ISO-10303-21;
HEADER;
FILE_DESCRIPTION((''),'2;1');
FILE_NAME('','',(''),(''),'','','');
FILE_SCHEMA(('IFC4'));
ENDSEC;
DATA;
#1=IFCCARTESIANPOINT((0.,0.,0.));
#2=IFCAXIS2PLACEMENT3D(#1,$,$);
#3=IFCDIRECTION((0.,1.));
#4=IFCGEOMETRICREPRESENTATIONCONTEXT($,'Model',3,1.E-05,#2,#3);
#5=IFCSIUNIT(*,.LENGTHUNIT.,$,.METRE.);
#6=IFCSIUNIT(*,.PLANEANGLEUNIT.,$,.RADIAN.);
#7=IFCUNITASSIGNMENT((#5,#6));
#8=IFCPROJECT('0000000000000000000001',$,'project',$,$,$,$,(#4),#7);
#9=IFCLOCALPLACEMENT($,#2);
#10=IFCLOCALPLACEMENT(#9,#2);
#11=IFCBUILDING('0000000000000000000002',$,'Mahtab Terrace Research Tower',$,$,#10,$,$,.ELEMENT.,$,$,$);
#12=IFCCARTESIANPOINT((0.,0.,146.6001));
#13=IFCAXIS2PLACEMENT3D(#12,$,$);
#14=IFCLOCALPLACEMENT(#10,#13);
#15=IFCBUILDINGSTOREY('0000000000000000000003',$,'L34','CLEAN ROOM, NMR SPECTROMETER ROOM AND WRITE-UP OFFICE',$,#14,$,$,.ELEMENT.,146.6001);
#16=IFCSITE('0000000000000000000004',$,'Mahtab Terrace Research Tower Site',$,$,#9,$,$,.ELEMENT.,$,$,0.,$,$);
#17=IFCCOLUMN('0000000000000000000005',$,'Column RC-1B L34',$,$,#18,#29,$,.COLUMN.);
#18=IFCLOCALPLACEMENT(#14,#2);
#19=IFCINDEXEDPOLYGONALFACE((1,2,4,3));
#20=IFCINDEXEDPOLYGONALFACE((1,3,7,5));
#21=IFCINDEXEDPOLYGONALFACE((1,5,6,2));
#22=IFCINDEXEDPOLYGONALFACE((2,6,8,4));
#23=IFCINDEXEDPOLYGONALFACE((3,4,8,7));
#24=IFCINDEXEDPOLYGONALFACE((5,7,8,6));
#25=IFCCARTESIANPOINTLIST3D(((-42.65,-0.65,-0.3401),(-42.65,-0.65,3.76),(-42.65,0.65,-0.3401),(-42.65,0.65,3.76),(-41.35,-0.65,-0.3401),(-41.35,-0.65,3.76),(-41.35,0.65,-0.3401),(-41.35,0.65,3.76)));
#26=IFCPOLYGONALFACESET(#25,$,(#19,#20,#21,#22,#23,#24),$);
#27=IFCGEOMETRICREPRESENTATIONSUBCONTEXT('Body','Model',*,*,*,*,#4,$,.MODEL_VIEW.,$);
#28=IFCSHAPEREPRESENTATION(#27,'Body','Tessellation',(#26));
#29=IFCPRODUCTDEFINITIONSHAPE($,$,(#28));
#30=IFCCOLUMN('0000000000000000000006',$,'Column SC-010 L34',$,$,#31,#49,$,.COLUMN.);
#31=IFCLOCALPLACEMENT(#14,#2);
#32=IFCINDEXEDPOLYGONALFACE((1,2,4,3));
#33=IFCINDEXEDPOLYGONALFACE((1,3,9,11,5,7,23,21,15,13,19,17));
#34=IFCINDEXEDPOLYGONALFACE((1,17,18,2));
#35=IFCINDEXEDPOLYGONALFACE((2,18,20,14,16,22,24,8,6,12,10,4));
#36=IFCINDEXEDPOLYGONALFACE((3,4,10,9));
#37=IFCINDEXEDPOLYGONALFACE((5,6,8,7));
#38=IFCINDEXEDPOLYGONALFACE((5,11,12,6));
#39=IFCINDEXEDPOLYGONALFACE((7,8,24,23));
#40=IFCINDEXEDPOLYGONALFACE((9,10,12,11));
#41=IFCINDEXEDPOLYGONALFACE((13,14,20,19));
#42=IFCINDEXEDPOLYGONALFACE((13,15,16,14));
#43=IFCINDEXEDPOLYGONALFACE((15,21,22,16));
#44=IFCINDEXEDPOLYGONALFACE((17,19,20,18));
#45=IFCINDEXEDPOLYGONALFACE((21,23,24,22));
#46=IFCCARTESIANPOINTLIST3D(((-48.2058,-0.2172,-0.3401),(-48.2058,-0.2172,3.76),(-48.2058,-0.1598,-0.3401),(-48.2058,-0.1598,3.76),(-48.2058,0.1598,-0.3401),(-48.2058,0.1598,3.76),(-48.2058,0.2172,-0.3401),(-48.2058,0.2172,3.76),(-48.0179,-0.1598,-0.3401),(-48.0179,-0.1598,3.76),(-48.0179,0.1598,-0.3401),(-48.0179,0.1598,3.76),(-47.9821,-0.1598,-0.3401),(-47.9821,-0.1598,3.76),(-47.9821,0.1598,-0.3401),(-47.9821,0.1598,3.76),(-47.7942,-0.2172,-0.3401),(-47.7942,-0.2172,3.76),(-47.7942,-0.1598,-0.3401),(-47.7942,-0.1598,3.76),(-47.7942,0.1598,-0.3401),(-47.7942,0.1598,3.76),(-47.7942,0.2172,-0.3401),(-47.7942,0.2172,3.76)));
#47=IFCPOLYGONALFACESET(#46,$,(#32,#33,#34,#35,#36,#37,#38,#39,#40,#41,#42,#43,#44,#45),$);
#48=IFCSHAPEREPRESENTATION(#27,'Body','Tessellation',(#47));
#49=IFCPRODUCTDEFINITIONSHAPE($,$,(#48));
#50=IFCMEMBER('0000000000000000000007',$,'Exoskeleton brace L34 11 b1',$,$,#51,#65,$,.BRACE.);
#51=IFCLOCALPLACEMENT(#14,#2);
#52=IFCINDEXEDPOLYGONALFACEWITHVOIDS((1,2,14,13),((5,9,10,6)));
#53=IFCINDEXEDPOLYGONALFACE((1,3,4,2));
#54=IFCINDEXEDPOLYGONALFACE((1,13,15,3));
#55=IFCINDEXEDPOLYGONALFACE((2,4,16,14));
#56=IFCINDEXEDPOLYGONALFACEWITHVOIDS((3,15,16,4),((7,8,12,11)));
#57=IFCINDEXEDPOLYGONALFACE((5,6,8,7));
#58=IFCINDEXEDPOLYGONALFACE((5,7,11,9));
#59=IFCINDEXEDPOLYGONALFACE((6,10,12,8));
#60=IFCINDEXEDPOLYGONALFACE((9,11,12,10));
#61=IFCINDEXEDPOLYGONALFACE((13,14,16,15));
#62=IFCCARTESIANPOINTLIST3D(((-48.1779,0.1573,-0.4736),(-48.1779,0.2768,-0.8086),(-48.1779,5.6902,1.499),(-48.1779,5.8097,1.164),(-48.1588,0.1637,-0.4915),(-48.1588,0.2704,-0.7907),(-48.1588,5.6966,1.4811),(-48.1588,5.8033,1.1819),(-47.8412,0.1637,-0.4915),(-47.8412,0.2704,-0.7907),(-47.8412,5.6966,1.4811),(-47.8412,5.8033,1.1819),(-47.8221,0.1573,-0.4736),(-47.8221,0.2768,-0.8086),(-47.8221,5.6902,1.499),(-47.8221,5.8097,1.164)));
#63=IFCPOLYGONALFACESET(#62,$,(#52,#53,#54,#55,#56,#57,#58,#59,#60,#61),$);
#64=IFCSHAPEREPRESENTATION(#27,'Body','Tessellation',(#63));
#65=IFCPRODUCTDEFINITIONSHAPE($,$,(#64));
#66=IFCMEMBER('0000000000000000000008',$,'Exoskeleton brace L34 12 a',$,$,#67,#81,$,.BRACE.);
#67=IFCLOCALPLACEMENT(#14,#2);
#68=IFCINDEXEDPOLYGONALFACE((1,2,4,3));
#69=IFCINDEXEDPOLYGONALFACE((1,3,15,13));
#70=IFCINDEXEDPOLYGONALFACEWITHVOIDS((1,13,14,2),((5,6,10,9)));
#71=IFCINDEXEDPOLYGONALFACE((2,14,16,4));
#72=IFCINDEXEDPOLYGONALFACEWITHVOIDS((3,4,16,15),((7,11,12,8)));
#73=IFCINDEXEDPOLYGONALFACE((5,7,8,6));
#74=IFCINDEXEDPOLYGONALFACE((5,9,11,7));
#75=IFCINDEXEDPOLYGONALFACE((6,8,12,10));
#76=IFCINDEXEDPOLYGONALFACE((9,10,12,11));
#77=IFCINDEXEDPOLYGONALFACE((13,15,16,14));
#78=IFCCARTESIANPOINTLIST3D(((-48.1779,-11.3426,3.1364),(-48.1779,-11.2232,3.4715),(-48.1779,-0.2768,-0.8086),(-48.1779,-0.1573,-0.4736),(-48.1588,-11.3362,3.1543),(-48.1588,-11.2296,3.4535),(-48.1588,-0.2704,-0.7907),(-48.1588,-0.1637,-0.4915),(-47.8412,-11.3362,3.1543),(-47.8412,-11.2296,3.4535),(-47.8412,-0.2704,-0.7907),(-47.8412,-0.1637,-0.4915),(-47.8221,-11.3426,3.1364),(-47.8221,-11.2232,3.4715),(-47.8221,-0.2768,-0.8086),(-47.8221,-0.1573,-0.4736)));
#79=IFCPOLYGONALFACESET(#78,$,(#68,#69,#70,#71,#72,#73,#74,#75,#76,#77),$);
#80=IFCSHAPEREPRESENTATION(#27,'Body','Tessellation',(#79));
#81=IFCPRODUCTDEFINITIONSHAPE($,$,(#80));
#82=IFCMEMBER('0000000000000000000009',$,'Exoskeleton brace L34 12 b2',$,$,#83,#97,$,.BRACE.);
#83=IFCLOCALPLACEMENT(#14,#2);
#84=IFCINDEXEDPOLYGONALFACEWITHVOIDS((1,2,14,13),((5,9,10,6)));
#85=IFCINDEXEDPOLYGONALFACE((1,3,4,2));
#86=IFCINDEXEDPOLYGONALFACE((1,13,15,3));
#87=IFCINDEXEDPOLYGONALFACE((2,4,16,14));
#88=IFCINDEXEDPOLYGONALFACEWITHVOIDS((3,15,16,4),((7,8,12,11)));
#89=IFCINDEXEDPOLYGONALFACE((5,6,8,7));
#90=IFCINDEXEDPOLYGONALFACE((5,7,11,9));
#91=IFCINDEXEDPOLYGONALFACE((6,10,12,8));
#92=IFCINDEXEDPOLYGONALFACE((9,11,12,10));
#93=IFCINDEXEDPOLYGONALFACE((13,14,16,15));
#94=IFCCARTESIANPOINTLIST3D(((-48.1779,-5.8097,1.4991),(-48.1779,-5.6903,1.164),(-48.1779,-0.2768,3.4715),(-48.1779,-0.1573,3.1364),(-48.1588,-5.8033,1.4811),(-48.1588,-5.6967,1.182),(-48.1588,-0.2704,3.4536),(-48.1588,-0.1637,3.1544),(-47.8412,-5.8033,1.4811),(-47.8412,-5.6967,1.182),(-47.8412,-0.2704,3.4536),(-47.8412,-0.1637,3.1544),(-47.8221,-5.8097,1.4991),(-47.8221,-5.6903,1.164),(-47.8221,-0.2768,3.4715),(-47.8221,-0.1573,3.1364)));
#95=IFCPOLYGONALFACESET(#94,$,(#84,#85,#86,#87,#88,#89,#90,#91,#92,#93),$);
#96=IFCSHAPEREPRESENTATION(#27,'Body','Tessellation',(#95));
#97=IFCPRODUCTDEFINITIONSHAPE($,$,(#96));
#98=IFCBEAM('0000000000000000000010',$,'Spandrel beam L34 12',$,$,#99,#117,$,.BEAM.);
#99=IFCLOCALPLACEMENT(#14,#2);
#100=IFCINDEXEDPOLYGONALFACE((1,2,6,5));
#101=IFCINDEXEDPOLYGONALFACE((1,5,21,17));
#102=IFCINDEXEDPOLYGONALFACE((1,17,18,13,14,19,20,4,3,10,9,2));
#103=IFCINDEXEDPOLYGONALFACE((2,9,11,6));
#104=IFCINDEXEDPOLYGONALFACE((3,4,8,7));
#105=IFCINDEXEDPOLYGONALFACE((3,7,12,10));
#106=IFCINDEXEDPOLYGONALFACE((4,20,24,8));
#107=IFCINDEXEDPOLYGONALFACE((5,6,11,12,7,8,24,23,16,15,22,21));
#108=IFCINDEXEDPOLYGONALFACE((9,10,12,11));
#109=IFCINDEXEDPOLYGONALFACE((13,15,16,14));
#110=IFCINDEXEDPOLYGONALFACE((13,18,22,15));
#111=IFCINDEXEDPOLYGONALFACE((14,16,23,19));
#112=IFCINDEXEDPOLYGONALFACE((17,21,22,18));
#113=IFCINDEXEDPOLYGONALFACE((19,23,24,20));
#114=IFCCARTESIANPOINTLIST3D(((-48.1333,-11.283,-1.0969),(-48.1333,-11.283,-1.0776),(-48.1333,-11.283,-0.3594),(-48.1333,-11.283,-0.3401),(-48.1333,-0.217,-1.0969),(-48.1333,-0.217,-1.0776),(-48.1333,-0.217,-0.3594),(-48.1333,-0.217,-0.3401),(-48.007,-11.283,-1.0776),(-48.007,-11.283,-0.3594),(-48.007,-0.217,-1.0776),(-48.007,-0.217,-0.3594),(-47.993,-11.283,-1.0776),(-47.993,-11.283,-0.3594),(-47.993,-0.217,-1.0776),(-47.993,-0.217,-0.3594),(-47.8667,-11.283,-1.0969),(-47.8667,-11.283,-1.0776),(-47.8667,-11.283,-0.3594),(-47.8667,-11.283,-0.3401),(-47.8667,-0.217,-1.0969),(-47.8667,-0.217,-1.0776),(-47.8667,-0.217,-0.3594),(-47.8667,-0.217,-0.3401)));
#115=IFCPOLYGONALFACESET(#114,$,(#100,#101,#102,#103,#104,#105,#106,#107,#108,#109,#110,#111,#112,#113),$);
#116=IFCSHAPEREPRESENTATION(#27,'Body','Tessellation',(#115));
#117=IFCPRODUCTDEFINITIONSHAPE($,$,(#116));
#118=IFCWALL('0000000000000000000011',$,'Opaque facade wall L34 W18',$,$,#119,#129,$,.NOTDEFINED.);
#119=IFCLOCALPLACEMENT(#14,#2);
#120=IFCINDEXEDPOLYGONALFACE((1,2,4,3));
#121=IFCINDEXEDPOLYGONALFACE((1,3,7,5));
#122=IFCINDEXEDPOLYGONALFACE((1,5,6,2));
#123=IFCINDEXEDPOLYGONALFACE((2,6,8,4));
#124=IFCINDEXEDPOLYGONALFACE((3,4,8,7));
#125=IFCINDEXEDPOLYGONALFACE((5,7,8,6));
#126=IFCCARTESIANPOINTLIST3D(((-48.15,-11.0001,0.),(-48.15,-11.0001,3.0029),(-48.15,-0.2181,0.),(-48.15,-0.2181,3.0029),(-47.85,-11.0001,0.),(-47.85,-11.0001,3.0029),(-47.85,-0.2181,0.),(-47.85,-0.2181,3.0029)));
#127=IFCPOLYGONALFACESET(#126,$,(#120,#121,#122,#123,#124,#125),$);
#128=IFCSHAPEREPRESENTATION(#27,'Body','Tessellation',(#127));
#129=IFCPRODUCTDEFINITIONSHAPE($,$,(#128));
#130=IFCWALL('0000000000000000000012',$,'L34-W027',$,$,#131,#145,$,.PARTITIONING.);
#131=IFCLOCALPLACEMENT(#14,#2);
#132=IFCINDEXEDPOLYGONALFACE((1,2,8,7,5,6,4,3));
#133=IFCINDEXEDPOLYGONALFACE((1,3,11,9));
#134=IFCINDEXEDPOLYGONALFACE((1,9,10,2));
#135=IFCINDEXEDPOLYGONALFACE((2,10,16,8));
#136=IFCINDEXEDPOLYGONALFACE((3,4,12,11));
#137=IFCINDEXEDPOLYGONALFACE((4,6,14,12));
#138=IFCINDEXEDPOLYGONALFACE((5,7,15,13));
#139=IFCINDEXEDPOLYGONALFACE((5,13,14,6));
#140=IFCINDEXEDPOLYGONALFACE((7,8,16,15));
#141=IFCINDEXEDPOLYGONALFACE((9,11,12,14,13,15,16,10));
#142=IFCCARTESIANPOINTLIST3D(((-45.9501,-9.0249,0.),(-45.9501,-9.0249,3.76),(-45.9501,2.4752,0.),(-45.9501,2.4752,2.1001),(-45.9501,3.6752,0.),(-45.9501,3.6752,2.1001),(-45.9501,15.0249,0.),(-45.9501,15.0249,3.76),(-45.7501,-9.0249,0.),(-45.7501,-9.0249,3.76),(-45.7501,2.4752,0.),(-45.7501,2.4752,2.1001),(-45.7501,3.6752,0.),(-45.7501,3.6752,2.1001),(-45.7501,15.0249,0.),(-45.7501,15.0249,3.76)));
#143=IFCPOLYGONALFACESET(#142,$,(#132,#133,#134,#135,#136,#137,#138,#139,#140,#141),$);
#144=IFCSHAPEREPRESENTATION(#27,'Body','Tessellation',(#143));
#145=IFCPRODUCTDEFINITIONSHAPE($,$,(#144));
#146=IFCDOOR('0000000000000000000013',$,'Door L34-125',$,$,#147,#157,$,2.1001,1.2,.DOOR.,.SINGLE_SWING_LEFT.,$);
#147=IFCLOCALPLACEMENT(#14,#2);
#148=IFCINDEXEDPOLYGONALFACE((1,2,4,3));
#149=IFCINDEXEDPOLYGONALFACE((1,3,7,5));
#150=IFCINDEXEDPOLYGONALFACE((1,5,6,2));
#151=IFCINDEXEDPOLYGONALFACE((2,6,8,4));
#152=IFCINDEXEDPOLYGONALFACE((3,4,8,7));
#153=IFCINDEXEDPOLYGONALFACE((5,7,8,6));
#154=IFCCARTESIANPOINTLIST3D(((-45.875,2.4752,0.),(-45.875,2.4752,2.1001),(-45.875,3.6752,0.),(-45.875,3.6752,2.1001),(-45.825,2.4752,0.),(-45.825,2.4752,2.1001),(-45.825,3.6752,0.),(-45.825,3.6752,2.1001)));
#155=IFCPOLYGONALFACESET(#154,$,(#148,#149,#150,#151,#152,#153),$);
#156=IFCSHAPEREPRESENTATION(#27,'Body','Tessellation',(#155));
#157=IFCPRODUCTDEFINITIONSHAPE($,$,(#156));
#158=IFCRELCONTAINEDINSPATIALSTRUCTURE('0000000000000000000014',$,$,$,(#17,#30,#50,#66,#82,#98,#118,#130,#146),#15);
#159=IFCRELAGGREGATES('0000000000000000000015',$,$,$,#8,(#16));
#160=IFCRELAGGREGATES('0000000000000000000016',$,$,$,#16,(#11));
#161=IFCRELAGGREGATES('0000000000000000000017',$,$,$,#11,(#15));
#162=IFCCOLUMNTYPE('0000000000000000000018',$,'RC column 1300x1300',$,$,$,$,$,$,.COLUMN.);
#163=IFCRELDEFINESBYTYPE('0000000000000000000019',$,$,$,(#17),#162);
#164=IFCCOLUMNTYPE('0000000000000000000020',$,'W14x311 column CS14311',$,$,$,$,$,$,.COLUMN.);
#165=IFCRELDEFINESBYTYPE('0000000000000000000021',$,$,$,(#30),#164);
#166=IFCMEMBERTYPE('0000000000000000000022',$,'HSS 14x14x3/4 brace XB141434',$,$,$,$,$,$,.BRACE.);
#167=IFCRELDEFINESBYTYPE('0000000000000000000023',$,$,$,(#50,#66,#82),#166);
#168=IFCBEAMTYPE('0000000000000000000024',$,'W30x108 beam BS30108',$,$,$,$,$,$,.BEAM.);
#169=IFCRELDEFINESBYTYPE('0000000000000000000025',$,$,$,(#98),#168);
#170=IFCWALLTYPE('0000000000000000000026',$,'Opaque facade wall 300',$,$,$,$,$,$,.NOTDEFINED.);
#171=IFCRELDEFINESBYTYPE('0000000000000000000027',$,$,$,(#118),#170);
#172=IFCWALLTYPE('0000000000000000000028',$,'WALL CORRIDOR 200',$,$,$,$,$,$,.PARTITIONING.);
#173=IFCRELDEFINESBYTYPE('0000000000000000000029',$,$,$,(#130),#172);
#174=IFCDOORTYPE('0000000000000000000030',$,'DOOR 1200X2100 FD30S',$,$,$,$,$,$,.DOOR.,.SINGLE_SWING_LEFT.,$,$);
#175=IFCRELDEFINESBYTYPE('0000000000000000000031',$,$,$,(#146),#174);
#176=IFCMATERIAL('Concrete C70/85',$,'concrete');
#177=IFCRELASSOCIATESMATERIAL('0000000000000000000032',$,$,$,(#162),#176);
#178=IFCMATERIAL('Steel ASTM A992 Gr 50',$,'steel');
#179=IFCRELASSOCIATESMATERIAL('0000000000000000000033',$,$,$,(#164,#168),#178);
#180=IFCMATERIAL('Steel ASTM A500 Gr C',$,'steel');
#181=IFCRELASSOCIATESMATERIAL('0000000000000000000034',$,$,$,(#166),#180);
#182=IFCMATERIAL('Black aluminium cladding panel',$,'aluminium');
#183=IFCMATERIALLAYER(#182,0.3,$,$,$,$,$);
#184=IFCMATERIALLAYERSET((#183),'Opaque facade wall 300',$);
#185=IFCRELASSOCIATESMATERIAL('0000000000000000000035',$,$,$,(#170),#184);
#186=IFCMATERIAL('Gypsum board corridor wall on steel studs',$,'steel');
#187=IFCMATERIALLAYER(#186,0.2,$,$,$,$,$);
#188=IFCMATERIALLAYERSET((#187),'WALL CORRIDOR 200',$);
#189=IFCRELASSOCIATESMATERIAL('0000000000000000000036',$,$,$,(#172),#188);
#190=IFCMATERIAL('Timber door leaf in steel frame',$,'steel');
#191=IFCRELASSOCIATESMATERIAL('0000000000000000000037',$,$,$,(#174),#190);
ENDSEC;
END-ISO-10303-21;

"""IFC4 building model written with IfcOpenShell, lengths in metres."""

from ifc_helpers import new_model, si_unit, direction, frame, frame_2d, origin, origin_2d, place, context, subcontext, project, spatial, rectangle, hollow_rectangle, i_section, extrude, material, layer, layer_set, material_profile, profile_set, type_object, element, fill, save


model = new_model("IFC4")

# Units and contexts
model_context = context("Model", 3, precision=1e-05, world=origin(), true_north=direction((0.0, 1.0)))
body_context = subcontext(model_context, "Body", "Model", "MODEL_VIEW")
ifc_project = project(units=[si_unit("LENGTHUNIT", "METRE"), si_unit("PLANEANGLEUNIT", "RADIAN")], contexts=[model_context])

# Site, building, storey
site_placement = place(None, origin())
site = spatial("IfcSite", under=ifc_project, at=site_placement, Name="Mahtab Terrace Research Tower Site", CompositionType="ELEMENT", RefElevation=0.0)
building_placement = place(site_placement, origin())
building = spatial("IfcBuilding", under=site, at=building_placement, Name="Mahtab Terrace Research Tower", CompositionType="ELEMENT")
storey_placement = place(building_placement, frame((0.0, 0.0, 146.6001)))
storey = spatial("IfcBuildingStorey", under=building, at=storey_placement, Name="L34", Description="CLEAN ROOM, NMR SPECTROMETER ROOM AND WRITE-UP OFFICE", CompositionType="ELEMENT", Elevation=146.6001)

# Columns
ifc_material_1 = material(Name="Concrete C70/85", Category="concrete")
ifc_material_profile_1 = material_profile(ifc_material_1, rectangle(XDim=1.3, YDim=1.3, at=origin_2d()), Name="RC column 1300x1300")
ifc_profile_set_1 = profile_set([ifc_material_profile_1], Name="Concrete C70/85")
column_type_1 = type_object("IfcColumnType", Name="RC column 1300x1300", PredefinedType="COLUMN", material=ifc_profile_set_1)
column_1_placement = place(storey_placement, frame((-42.0, 0.0, -0.3401), z_axis=(0.0, 0.0, 1.0), x_axis=(1.0, 0.0, 0.0)))
element("IfcColumn", 1, at=column_1_placement, inside=storey, type_object=column_type_1, Name="Column RC-1B L34", PredefinedType="COLUMN", context=body_context, shape_type="SweptSolid", body=[
    extrude(rectangle(XDim=1.3, YDim=1.3, at=origin_2d()), origin(), (0.0, 0.0, 1.0), 4.1001),
])
ifc_material_2 = material(Name="Steel ASTM A992 Gr 50", Category="steel")
ifc_material_profile_2 = material_profile(ifc_material_2, i_section(OverallWidth=0.4116, OverallDepth=0.4343, WebThickness=0.0359, FlangeThickness=0.0574, at=origin_2d()), Name="W14X311")
ifc_profile_set_2 = profile_set([ifc_material_profile_2], Name="Steel ASTM A992 Gr 50")
column_type_2 = type_object("IfcColumnType", Name="W14x311 column CS14311", PredefinedType="COLUMN", material=ifc_profile_set_2)
column_2_placement = place(storey_placement, frame((-48.0, 0.0, -0.3401), z_axis=(0.0, 0.0, 1.0), x_axis=(1.0, 0.0, 0.0)))
element("IfcColumn", 2, at=column_2_placement, inside=storey, type_object=column_type_2, Name="Column SC-010 L34", PredefinedType="COLUMN", context=body_context, shape_type="SweptSolid", body=[
    extrude(i_section(OverallWidth=0.4116, OverallDepth=0.4343, WebThickness=0.0359, FlangeThickness=0.0574, at=origin_2d()), origin(), (0.0, 0.0, 1.0), 4.1001),
])

# Members
ifc_material_3 = material(Name="Steel ASTM A500 Gr C", Category="steel")
ifc_material_profile_3 = material_profile(ifc_material_3, hollow_rectangle(XDim=0.3557, YDim=0.3557, WallThickness=0.019, at=origin_2d()), Name="HSS14X14X3/4")
ifc_profile_set_3 = profile_set([ifc_material_profile_3], Name="Steel ASTM A500 Gr C")
member_type = type_object("IfcMemberType", Name="HSS 14x14x3/4 brace XB141434", PredefinedType="BRACE", material=ifc_profile_set_3)
member_1_placement = place(storey_placement, frame((-48.0, 0.217, -0.6411), z_axis=(0.0, 0.941925, 0.335823), x_axis=(-1.0, 0.0, 0.0)))
element("IfcMember", 3, at=member_1_placement, inside=storey, type_object=member_type, Name="Exoskeleton brace L34 11 b1", PredefinedType="BRACE", context=body_context, shape_type="SweptSolid", body=[
    extrude(hollow_rectangle(XDim=0.3557, YDim=0.3557, WallThickness=0.019, at=origin_2d()), origin(), (0.0, 0.0, 1.0), 5.874),
])
member_2_placement = place(storey_placement, frame((-48.0, -0.217, -0.6411), z_axis=(0.0, -0.941932, 0.335804), x_axis=(1.0, 0.0, 0.0)))
element("IfcMember", 4, at=member_2_placement, inside=storey, type_object=member_type, Name="Exoskeleton brace L34 12 a", PredefinedType="BRACE", context=body_context, shape_type="SweptSolid", body=[
    extrude(hollow_rectangle(XDim=0.3557, YDim=0.3557, WallThickness=0.019, at=origin_2d()), origin(), (0.0, 0.0, 1.0), 11.748),
])
member_3_placement = place(storey_placement, frame((-48.0, -5.75, 1.3315), z_axis=(0.0, 0.941938, 0.335786), x_axis=(-1.0, 0.0, 0.0)))
element("IfcMember", 5, at=member_3_placement, inside=storey, type_object=member_type, Name="Exoskeleton brace L34 12 b2", PredefinedType="BRACE", context=body_context, shape_type="SweptSolid", body=[
    extrude(hollow_rectangle(XDim=0.3557, YDim=0.3557, WallThickness=0.019, at=origin_2d()), origin(), (0.0, 0.0, 1.0), 5.874),
])

# Beam
ifc_material_profile_4 = material_profile(ifc_material_2, i_section(OverallWidth=0.2666, OverallDepth=0.7568, WebThickness=0.0139, FlangeThickness=0.0193, at=origin_2d()), Name="W30X108")
ifc_profile_set_4 = profile_set([ifc_material_profile_4], Name="Steel ASTM A992 Gr 50")
beam_type = type_object("IfcBeamType", Name="W30x108 beam BS30108", PredefinedType="BEAM", material=ifc_profile_set_4)
beam_placement = place(storey_placement, frame((-48.0, -0.217, -0.7185), z_axis=(0.0, -1.0, 0.0), x_axis=(1.0, 0.0, 0.0)))
element("IfcBeam", 6, at=beam_placement, inside=storey, type_object=beam_type, Name="Spandrel beam L34 12", PredefinedType="BEAM", context=body_context, shape_type="SweptSolid", body=[
    extrude(i_section(OverallWidth=0.2666, OverallDepth=0.7568, WebThickness=0.0139, FlangeThickness=0.0193, at=origin_2d()), origin(), (0.0, 0.0, 1.0), 11.0659),
])

# Wall
ifc_material_4 = material(Name="Black aluminium cladding panel", Category="aluminium")
ifc_layer_1 = layer(ifc_material_4, 0.3)
ifc_layer_set_1 = layer_set([ifc_layer_1], Name="Opaque facade wall 300")
wall_type_1 = type_object("IfcWallType", Name="Opaque facade wall 300", PredefinedType="NOTDEFINED", material=ifc_layer_set_1)
wall_1_placement = place(storey_placement, frame((-48.0, -0.218, 0.0), z_axis=(0.0, 0.0, 1.0), x_axis=(0.0, -1.0, 0.0)))
element("IfcWall", 7, at=wall_1_placement, inside=storey, type_object=wall_type_1, Name="Opaque facade wall L34 W18", PredefinedType="NOTDEFINED", context=body_context, shape_type="SweptSolid", body=[
    extrude(rectangle(XDim=10.782, YDim=0.3, at=frame_2d((5.3911, 0.0))), origin(), (0.0, 0.0, 1.0), 3.0029),
])

# Wall, opening, door
ifc_material_5 = material(Name="Gypsum board corridor wall on steel studs", Category="steel")
ifc_layer_2 = layer(ifc_material_5, 0.2)
ifc_layer_set_2 = layer_set([ifc_layer_2], Name="WALL CORRIDOR 200")
wall_type_2 = type_object("IfcWallType", Name="WALL CORRIDOR 200", PredefinedType="PARTITIONING", material=ifc_layer_set_2)
wall_2_placement = place(storey_placement, frame((-45.8501, -9.0249, 0.0), z_axis=(0.0, 0.0, 1.0), x_axis=(0.0, 1.0, 0.0)))
wall_2 = element("IfcWall", 8, at=wall_2_placement, inside=storey, type_object=wall_type_2, Name="L34-W027", PredefinedType="PARTITIONING", context=body_context, shape_type="SweptSolid", body=[
    extrude(rectangle(XDim=24.0498, YDim=0.2, at=frame_2d((12.0249, 0.0))), origin(), (0.0, 0.0, 1.0), 3.76),
])
opening_1_placement = place(wall_2_placement, frame((11.5, 0.0, 0.0)))
opening_1 = element("IfcOpeningElement", 9, at=opening_1_placement, cuts=wall_2, PredefinedType="OPENING", context=body_context, shape_type="SweptSolid", body=[
    extrude(rectangle(XDim=1.2, YDim=2.1001, at=frame_2d((0.6001, 1.05))), frame((0.0, 0.1099, 0.0), z_axis=(0.0, -1.0, 0.0), x_axis=(1.0, 0.0, 0.0)), (0.0, 0.0, 1.0), 0.22),
])
ifc_material_6 = material(Name="Timber door leaf in steel frame", Category="steel")
door_type = type_object("IfcDoorType", Name="DOOR 1200X2100 FD30S", OperationType="SINGLE_SWING_LEFT", PredefinedType="DOOR", material=ifc_material_6)
door_1_placement = place(opening_1_placement, origin())
door_1 = element("IfcDoor", 10, at=door_1_placement, inside=storey, type_object=door_type, Name="Door L34-125", OperationType="SINGLE_SWING_LEFT", OverallHeight=2.1001, OverallWidth=1.2, PredefinedType="DOOR", context=body_context, shape_type="SweptSolid", body=[
    extrude(rectangle(XDim=1.2, YDim=2.1001, at=frame_2d((0.6001, 1.05))), frame((0.0, 0.0249, 0.0), z_axis=(0.0, -1.0, 0.0), x_axis=(1.0, 0.0, 0.0)), (0.0, 0.0, 1.0), 0.05),
])
fill(opening_1, door_1)

save(model, "model.ifc")
